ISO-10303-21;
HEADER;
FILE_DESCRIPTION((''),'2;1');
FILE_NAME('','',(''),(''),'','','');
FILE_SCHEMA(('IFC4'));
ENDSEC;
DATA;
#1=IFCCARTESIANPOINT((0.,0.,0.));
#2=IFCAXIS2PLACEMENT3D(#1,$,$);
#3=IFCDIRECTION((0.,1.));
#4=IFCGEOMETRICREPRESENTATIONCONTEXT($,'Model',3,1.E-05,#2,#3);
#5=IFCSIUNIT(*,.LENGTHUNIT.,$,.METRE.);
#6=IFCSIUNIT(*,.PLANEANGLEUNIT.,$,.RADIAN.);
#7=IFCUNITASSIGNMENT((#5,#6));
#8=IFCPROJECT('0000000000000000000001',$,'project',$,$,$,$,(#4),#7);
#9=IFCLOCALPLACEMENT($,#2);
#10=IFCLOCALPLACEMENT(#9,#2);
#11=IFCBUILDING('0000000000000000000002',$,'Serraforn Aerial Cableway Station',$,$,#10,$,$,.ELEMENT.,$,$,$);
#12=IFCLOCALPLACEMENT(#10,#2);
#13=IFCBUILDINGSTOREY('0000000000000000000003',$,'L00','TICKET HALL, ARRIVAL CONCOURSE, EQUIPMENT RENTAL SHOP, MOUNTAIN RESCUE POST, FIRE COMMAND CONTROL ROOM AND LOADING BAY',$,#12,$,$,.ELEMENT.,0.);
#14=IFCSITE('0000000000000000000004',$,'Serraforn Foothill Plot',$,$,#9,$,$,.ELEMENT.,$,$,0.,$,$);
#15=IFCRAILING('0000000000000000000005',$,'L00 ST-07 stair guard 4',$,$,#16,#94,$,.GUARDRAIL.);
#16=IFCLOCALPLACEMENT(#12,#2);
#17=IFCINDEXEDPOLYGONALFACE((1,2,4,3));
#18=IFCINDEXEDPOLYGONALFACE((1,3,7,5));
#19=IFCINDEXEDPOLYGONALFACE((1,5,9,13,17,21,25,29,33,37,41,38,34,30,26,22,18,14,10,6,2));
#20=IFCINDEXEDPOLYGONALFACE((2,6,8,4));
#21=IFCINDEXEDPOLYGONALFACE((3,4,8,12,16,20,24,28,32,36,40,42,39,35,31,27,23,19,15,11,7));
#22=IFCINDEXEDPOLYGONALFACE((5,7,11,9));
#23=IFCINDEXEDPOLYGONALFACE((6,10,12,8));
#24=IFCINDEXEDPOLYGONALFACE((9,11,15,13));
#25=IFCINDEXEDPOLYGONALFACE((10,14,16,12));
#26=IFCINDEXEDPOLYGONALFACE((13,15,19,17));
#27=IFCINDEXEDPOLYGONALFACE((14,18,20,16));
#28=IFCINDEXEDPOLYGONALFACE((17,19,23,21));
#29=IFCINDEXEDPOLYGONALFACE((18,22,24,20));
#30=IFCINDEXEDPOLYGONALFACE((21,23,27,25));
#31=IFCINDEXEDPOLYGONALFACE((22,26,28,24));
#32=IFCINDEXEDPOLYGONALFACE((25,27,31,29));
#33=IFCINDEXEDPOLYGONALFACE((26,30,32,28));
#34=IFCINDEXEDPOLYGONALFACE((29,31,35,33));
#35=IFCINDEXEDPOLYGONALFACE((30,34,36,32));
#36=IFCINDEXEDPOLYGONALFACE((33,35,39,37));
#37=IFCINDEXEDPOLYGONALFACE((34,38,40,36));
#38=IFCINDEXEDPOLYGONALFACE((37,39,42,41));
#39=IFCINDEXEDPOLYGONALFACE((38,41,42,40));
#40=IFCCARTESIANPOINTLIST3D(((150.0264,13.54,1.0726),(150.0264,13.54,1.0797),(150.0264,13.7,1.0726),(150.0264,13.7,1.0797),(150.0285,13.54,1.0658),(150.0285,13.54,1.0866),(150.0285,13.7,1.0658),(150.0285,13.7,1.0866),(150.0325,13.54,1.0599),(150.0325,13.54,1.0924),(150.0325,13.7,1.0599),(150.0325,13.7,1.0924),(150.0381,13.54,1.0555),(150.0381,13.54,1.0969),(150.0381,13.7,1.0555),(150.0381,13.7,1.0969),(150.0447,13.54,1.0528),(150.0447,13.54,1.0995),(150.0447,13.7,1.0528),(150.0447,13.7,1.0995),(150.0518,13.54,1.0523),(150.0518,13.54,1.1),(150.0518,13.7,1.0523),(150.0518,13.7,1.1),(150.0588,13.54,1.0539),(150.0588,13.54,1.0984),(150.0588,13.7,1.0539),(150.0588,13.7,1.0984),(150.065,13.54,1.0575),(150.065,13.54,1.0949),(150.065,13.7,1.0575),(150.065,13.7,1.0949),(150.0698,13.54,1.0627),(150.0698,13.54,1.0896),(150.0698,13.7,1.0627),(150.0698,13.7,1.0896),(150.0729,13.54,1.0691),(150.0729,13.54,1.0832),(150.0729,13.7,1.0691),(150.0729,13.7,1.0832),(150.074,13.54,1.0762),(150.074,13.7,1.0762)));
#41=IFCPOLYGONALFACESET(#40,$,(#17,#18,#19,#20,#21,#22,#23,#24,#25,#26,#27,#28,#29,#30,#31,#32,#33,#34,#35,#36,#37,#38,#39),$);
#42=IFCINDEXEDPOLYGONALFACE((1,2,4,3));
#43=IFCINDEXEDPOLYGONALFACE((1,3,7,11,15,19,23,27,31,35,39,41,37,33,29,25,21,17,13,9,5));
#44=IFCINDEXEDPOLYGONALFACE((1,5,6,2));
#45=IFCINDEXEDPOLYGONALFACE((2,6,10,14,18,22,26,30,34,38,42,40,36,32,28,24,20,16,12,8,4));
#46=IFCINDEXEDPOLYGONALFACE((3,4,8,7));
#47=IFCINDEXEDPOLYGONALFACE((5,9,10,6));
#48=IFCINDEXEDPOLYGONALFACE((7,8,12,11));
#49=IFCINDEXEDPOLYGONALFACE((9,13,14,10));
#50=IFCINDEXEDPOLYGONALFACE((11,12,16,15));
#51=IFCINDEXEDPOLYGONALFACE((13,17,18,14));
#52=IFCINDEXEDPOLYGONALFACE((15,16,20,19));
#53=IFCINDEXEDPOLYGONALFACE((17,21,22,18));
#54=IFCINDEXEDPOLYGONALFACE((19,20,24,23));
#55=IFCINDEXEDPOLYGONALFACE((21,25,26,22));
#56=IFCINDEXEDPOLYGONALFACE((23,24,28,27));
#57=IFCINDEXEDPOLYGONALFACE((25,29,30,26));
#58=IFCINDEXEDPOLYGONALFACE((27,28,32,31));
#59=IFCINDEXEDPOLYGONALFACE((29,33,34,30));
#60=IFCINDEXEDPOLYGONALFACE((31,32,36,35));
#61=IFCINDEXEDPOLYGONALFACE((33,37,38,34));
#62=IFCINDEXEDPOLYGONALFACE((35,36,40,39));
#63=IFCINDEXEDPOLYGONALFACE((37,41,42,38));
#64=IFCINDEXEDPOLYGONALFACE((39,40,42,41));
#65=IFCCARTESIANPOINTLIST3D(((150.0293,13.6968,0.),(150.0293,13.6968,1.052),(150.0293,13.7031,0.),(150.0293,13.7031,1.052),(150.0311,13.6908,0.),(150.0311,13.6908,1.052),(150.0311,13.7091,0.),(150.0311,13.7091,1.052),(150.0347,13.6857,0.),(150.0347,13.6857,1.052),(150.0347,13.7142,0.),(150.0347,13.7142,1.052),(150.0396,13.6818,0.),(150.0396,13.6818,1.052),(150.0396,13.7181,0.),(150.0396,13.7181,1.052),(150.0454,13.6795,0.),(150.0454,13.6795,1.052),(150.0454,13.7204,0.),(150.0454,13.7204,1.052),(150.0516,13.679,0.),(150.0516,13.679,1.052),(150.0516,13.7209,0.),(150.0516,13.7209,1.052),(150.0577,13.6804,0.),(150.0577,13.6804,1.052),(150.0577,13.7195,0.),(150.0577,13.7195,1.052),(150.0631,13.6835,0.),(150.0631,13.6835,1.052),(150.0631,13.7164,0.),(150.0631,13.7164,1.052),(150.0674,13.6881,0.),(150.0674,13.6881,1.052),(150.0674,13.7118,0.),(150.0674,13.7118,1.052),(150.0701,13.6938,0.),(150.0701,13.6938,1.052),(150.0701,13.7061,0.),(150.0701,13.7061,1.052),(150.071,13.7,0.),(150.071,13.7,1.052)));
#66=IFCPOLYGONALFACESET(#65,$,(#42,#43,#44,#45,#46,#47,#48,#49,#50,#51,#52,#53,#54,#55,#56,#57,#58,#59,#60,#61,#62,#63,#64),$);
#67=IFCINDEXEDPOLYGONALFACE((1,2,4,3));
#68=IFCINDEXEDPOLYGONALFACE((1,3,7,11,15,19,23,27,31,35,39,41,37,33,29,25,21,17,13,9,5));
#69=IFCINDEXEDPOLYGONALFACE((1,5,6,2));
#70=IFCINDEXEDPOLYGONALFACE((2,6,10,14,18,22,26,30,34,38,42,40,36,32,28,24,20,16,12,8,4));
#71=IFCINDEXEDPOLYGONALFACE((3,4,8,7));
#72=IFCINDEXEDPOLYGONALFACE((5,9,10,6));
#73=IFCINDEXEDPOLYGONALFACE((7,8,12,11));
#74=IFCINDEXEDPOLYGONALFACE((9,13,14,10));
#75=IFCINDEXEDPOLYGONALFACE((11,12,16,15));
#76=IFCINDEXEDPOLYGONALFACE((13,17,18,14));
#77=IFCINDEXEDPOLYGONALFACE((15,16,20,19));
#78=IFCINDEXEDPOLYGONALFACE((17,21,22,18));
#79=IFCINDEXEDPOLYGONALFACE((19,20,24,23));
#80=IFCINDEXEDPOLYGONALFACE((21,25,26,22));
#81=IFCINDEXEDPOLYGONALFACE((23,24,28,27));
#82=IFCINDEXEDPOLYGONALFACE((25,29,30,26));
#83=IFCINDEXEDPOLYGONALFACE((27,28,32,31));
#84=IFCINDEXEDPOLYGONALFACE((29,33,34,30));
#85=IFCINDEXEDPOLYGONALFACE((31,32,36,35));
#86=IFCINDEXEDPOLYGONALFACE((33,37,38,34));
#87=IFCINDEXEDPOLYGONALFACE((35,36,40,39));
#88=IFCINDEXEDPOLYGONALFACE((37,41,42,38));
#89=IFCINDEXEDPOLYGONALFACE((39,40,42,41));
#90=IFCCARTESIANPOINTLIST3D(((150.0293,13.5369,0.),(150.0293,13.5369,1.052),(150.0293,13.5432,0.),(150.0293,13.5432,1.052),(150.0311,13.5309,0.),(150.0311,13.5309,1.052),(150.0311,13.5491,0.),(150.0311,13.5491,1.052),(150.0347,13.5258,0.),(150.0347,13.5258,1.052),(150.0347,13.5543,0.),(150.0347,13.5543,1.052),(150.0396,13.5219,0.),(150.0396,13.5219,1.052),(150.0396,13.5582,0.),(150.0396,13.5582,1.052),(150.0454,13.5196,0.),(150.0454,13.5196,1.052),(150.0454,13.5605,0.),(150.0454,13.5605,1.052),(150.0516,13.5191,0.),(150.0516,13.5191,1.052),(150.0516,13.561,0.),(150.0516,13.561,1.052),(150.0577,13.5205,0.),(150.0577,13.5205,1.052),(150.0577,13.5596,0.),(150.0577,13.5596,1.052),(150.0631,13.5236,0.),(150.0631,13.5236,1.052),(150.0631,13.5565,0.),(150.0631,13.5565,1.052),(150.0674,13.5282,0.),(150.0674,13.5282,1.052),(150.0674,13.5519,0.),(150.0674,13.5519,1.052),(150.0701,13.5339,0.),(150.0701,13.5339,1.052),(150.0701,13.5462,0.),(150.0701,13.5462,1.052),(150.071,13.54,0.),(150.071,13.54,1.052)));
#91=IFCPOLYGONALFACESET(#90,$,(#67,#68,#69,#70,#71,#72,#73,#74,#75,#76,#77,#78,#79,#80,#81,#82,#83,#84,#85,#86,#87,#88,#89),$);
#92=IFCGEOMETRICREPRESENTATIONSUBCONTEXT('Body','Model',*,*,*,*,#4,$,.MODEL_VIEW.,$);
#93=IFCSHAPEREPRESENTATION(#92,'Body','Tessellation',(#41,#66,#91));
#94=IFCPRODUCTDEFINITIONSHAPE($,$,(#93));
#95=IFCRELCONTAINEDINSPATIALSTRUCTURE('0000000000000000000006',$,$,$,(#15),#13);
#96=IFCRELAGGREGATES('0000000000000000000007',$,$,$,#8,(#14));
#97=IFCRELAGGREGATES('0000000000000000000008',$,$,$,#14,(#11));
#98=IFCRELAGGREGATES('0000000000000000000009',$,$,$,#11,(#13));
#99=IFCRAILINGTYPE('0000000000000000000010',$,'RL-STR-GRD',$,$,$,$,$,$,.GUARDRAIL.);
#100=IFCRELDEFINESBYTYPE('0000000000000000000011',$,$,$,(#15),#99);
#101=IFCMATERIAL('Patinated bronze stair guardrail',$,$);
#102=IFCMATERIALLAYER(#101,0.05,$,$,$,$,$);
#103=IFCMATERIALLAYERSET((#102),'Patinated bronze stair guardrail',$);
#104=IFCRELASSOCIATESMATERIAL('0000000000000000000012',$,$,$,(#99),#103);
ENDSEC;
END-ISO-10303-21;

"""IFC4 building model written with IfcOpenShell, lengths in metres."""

from ifc_helpers import new_model, si_unit, direction, frame, origin, origin_2d, place, context, subcontext, project, spatial, circle, extrude, material, layer, layer_set, type_object, element, save


model = new_model("IFC4")

# Units and contexts
model_context = context("Model", 3, precision=1e-05, world=origin(), true_north=direction((0.0, 1.0)))
body_context = subcontext(model_context, "Body", "Model", "MODEL_VIEW")
ifc_project = project(units=[si_unit("LENGTHUNIT", "METRE"), si_unit("PLANEANGLEUNIT", "RADIAN")], contexts=[model_context])

# Site, building, storey
site_placement = place(None, origin())
site = spatial("IfcSite", under=ifc_project, at=site_placement, Name="Serraforn Foothill Plot", CompositionType="ELEMENT", RefElevation=0.0)
building_placement = place(site_placement, origin())
building = spatial("IfcBuilding", under=site, at=building_placement, Name="Serraforn Aerial Cableway Station", CompositionType="ELEMENT")
storey_placement = place(building_placement, origin())
storey = spatial("IfcBuildingStorey", under=building, at=storey_placement, Name="L00", Description="TICKET HALL, ARRIVAL CONCOURSE, EQUIPMENT RENTAL SHOP, MOUNTAIN RESCUE POST, FIRE COMMAND CONTROL ROOM AND LOADING BAY", CompositionType="ELEMENT", Elevation=0.0)

# Railing
ifc_material_1 = material(Name="Patinated bronze stair guardrail")
ifc_layer_1 = layer(ifc_material_1, 0.05)
ifc_layer_set_1 = layer_set([ifc_layer_1], Name="Patinated bronze stair guardrail")
railing_type_1 = type_object("IfcRailingType", Name="RL-STR-GRD", PredefinedType="GUARDRAIL", material=ifc_layer_set_1)
railing_1_placement = place(storey_placement, frame((150.05, 13.7, 0.0)))
element("IfcRailing", 1, at=railing_1_placement, inside=storey, type_object=railing_type_1, Name="L00 ST-07 stair guard 4", PredefinedType="GUARDRAIL", context=body_context, shape_type="SweptSolid", body=[
    extrude(circle(Radius=0.0239, at=origin_2d()), frame((0.0, 0.0, 1.0762), z_axis=(0.0, -1.0, 0.0), x_axis=(1.0, 0.0, 0.0)), (0.0, 0.0, 1.0), 0.1599),
    extrude(circle(Radius=0.021, at=origin_2d()), origin(), (0.0, 0.0, 1.0), 1.052),
    extrude(circle(Radius=0.021, at=origin_2d()), frame((0.0, -0.1599, 0.0)), (0.0, 0.0, 1.0), 1.052),
])

save(model, "model.ifc")
